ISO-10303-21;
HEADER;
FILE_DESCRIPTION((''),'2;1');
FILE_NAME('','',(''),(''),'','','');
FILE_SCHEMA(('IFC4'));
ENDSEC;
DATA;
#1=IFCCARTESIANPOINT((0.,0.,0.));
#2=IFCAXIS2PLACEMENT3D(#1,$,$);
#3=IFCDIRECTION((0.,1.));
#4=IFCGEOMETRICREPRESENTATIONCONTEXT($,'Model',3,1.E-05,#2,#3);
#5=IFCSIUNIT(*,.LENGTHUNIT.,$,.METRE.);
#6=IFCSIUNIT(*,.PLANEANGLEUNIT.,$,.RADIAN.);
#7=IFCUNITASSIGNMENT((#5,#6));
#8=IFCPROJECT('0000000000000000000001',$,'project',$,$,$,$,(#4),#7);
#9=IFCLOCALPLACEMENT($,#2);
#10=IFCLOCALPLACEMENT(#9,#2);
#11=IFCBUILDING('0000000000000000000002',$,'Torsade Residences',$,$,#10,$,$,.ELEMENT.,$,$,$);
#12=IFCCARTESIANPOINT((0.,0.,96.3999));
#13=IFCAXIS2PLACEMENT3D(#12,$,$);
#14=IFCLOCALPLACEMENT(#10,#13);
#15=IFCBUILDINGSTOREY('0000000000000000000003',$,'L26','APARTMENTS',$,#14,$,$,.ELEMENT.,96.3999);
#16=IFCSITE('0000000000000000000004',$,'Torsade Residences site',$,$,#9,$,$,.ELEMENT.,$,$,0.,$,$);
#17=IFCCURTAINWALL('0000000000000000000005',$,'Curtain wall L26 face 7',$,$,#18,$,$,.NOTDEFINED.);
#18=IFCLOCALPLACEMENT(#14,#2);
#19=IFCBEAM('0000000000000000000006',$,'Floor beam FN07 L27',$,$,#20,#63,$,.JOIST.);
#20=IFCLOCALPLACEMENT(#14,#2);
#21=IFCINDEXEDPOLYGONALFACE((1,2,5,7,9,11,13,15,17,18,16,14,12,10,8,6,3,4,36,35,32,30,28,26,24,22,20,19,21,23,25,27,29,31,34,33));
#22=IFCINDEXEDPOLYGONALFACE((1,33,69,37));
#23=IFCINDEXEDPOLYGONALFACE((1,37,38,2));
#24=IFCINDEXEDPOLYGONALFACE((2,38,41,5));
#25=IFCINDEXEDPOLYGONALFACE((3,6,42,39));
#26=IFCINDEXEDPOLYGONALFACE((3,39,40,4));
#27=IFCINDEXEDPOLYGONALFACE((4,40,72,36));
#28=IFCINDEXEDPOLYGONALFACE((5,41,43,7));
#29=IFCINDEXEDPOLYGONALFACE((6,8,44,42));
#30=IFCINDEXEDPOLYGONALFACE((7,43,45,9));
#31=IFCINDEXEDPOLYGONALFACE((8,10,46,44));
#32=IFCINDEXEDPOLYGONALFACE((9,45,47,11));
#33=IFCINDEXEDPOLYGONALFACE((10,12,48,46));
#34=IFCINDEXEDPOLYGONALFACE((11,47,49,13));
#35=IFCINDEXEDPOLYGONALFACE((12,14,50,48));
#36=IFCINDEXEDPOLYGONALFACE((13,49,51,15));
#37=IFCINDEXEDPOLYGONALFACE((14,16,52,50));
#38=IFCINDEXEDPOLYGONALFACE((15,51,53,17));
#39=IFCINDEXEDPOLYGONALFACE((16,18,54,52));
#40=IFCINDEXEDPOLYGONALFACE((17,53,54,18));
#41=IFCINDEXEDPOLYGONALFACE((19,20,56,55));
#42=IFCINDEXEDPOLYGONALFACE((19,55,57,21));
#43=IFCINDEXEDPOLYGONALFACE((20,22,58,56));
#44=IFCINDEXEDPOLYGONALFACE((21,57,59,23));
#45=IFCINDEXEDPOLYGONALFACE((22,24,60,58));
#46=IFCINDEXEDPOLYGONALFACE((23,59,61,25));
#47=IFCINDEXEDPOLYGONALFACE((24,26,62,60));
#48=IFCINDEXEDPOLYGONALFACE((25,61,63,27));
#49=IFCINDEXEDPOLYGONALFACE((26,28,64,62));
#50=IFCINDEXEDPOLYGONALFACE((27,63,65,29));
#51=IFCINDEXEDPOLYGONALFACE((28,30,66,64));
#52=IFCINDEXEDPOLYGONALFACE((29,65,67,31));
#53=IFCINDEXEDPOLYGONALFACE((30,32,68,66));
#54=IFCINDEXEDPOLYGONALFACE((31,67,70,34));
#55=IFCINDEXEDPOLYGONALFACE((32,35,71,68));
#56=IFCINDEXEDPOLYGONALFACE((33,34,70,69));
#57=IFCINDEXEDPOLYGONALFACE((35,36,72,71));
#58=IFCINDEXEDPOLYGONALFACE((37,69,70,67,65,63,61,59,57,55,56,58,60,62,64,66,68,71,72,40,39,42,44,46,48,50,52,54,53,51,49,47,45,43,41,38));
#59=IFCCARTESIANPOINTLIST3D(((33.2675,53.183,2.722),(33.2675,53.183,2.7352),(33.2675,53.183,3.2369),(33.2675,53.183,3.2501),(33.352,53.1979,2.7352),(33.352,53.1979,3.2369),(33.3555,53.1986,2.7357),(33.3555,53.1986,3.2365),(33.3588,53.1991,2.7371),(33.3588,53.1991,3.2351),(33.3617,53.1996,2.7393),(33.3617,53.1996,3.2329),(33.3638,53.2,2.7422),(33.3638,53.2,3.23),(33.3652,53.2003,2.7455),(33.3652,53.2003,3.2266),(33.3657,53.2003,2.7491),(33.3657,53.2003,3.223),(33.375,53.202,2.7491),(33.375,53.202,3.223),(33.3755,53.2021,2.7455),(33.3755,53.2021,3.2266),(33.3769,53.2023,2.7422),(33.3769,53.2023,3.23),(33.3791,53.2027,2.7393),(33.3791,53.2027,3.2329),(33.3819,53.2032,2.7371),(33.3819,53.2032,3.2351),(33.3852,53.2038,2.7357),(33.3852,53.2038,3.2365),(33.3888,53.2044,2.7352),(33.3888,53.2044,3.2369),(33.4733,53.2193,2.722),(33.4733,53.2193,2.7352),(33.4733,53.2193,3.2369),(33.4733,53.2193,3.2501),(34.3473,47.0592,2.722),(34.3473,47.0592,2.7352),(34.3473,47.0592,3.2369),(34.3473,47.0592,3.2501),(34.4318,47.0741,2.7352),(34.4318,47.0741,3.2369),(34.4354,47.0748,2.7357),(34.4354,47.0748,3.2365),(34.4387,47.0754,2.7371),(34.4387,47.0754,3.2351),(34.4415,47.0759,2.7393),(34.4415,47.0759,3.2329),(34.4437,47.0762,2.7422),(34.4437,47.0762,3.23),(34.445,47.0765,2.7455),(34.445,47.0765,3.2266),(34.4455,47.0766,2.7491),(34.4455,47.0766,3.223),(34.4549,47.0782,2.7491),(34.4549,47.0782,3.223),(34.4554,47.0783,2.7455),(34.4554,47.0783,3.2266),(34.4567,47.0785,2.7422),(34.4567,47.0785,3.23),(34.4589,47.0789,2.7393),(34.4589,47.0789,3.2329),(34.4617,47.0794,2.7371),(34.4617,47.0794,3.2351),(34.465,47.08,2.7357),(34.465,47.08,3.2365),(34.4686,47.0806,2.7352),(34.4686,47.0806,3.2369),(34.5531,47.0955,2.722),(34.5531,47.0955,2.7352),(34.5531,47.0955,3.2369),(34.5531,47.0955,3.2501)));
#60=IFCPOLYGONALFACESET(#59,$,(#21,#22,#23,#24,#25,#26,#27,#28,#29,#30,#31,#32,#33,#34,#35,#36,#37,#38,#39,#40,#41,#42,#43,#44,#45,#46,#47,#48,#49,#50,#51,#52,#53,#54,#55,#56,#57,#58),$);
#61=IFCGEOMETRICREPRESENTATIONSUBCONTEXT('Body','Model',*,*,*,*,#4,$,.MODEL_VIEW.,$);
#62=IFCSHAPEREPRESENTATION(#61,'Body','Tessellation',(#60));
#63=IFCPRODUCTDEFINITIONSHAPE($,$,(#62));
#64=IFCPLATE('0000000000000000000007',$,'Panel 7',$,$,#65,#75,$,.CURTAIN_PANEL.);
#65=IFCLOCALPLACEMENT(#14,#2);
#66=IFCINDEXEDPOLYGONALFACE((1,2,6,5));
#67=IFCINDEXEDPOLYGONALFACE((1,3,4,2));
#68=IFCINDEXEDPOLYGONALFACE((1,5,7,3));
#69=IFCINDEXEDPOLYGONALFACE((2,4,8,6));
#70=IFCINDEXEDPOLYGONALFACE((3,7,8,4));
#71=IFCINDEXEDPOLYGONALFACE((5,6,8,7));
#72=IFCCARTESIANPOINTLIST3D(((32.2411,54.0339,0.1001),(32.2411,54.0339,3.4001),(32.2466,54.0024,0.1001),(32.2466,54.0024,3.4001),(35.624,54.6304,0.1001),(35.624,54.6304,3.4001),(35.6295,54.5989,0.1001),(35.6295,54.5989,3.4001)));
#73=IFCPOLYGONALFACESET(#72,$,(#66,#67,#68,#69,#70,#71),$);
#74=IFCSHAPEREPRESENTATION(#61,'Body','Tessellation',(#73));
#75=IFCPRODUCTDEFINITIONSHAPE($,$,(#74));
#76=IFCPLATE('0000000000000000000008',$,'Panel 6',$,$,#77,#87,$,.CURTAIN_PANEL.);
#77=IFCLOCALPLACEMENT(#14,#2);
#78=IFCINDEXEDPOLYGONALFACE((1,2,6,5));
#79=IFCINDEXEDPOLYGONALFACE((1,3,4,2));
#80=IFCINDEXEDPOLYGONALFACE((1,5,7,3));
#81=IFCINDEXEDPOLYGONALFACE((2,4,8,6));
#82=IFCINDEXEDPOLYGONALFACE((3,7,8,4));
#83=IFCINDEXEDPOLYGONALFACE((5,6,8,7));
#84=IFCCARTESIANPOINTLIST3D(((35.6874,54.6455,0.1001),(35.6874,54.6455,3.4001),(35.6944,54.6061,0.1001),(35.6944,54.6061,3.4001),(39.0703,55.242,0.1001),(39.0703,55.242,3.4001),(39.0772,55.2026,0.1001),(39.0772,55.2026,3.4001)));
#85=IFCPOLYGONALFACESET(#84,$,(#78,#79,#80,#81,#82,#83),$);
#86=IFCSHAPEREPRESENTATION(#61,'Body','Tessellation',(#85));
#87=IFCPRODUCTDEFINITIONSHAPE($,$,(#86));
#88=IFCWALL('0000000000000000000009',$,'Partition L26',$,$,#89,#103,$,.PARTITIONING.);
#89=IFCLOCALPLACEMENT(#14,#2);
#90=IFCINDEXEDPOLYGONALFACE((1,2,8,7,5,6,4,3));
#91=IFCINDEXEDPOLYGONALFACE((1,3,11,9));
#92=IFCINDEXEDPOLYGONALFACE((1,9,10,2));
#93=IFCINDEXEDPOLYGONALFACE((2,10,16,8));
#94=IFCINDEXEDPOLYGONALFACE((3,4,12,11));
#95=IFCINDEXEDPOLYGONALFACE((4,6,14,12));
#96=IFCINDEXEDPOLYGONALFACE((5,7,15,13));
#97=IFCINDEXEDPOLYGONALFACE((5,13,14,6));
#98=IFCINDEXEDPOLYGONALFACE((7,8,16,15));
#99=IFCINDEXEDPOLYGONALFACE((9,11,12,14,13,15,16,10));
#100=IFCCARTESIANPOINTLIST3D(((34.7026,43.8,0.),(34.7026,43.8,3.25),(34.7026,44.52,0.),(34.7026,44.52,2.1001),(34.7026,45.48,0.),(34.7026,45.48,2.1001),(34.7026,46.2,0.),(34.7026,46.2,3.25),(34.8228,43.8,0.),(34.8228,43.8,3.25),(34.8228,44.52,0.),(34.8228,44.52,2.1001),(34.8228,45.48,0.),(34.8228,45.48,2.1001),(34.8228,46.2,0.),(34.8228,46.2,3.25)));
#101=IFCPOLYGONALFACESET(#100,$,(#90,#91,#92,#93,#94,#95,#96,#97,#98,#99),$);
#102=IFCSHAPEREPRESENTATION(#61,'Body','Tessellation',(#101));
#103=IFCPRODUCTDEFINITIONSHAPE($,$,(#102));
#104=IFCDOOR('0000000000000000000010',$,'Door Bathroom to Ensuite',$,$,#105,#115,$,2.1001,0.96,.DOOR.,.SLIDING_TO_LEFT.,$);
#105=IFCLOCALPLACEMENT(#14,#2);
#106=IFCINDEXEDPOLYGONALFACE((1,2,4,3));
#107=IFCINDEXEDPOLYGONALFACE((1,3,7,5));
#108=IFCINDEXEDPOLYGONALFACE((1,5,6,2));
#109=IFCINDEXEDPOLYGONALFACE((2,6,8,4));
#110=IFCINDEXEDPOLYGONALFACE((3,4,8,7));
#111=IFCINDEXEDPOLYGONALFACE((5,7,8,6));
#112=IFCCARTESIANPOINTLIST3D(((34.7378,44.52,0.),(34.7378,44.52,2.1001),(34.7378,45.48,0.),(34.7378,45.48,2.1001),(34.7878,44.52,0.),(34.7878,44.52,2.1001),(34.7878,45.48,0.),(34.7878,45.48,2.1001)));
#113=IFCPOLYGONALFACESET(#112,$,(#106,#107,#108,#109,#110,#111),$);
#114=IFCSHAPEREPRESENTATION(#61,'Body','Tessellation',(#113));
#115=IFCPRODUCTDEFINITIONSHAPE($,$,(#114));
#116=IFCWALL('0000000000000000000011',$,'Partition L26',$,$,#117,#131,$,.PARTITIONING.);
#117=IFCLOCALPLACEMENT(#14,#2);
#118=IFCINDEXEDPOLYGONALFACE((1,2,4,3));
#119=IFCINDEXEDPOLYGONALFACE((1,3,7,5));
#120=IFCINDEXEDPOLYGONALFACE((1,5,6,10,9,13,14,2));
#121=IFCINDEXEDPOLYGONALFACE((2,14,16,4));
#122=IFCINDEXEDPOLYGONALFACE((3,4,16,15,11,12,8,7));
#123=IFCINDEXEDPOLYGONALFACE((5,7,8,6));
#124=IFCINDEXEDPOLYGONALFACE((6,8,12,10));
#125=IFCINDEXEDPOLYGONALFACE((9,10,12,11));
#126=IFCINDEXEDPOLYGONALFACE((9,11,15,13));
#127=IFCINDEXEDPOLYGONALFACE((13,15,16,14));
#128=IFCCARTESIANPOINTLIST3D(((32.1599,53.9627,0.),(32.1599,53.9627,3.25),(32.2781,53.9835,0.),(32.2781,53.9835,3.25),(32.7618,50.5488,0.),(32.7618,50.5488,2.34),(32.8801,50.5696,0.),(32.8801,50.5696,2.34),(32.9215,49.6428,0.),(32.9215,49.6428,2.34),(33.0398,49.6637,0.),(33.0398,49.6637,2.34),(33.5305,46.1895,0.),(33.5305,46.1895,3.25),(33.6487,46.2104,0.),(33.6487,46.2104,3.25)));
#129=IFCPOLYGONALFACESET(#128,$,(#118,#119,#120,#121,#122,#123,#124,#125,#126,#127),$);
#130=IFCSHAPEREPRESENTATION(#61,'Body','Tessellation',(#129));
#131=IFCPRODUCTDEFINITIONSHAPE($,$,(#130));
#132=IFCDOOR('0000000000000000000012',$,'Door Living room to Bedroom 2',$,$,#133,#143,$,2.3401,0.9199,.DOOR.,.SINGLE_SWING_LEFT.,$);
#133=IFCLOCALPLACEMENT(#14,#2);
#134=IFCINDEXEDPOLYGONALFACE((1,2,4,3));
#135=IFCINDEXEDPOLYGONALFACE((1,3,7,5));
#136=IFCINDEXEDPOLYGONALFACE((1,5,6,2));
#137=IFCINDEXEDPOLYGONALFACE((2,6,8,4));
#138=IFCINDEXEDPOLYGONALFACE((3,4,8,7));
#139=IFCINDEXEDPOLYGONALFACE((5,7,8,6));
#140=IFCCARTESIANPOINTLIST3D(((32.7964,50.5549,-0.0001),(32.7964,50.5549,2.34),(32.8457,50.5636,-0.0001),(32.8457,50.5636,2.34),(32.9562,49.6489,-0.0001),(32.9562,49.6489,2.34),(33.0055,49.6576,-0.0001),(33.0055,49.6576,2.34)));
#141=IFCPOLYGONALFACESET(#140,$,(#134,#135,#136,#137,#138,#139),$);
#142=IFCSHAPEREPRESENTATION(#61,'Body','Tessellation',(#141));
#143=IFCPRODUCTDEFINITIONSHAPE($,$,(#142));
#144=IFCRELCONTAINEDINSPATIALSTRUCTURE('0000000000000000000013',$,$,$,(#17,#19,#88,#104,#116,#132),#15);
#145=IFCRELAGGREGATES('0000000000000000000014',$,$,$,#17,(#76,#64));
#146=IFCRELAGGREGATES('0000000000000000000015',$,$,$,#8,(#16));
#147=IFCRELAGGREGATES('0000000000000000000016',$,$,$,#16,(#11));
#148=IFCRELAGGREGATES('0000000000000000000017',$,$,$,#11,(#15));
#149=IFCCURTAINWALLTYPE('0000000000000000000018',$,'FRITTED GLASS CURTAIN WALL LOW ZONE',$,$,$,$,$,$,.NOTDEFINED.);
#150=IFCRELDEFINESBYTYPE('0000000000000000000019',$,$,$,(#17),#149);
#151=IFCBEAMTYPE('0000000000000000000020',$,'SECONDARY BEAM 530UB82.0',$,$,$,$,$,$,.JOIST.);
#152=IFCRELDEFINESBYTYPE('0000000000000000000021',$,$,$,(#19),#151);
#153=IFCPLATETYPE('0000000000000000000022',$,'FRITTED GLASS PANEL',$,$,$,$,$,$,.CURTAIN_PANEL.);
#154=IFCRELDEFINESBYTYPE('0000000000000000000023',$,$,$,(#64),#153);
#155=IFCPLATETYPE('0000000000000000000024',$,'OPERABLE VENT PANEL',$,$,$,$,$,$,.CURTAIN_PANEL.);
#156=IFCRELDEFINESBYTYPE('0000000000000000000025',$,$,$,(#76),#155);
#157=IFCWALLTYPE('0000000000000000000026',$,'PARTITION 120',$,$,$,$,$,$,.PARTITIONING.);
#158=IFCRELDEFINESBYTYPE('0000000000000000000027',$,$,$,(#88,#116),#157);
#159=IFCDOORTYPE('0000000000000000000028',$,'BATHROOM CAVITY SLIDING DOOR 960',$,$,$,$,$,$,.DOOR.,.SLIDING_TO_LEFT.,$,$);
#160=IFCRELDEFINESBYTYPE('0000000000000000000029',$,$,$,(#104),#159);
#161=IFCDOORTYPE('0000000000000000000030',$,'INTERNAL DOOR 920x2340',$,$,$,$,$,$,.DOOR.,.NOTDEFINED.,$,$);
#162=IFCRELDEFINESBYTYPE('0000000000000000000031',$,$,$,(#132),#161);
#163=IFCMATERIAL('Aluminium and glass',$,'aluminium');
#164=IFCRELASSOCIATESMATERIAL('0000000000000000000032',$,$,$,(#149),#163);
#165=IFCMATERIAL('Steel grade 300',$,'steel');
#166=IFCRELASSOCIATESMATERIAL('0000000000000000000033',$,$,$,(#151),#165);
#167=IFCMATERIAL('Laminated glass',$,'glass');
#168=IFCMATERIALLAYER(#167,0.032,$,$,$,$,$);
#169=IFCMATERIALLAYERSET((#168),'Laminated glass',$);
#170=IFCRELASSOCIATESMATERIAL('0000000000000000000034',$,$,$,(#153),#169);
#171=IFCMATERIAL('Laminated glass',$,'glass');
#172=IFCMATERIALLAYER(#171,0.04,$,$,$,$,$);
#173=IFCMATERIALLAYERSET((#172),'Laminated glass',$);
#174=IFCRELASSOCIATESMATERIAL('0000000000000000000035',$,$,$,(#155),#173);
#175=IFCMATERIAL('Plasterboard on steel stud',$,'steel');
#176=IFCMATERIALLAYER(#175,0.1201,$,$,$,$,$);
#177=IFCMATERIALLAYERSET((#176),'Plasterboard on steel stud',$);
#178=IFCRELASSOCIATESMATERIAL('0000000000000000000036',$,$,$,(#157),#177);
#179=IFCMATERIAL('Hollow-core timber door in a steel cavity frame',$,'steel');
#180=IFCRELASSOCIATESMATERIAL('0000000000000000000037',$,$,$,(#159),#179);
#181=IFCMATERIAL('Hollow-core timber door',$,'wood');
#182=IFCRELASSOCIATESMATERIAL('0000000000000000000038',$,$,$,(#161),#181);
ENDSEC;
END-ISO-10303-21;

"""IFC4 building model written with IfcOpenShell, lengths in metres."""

from ifc_helpers import new_model, si_unit, direction, frame, frame_2d, origin, origin_2d, place, context, subcontext, project, spatial, rectangle, i_section, extrude, material, layer, layer_set, material_profile, profile_set, type_object, element, fill, aggregate, save


model = new_model("IFC4")

# Units and contexts
model_context = context("Model", 3, precision=1e-05, world=origin(), true_north=direction((0.0, 1.0)))
body_context = subcontext(model_context, "Body", "Model", "MODEL_VIEW")
ifc_project = project(units=[si_unit("LENGTHUNIT", "METRE"), si_unit("PLANEANGLEUNIT", "RADIAN")], contexts=[model_context])

# Site, building, storey
site_placement = place(None, origin())
site = spatial("IfcSite", under=ifc_project, at=site_placement, Name="Torsade Residences site", CompositionType="ELEMENT", RefElevation=0.0)
building_placement = place(site_placement, origin())
building = spatial("IfcBuilding", under=site, at=building_placement, Name="Torsade Residences", CompositionType="ELEMENT")
storey_placement = place(building_placement, frame((0.0, 0.0, 96.3999)))
storey = spatial("IfcBuildingStorey", under=building, at=storey_placement, Name="L26", Description="APARTMENTS", CompositionType="ELEMENT", Elevation=96.3999)

# Curtain wall
ifc_material_1 = material(Name="Aluminium and glass", Category="aluminium")
curtain_wall_type = type_object("IfcCurtainWallType", Name="FRITTED GLASS CURTAIN WALL LOW ZONE", PredefinedType="NOTDEFINED", material=ifc_material_1)
curtain_wall_placement = place(storey_placement, origin())
curtain_wall = element("IfcCurtainWall", 1, at=curtain_wall_placement, inside=storey, type_object=curtain_wall_type, Name="Curtain wall L26 face 7", PredefinedType="NOTDEFINED")

# Beam
ifc_material_2 = material(Name="Steel grade 300", Category="steel")
ifc_material_profile_1 = material_profile(ifc_material_2, i_section(OverallWidth=0.209, OverallDepth=0.5281, WebThickness=0.0095, FlangeThickness=0.0132, FilletRadius=0.0139, at=origin_2d()), Name="530UB82.0")
ifc_profile_set_1 = profile_set([ifc_material_profile_1], Name="Steel grade 300")
beam_type_1 = type_object("IfcBeamType", Name="SECONDARY BEAM 530UB82.0", PredefinedType="JOIST", material=ifc_profile_set_1)
beam_1_placement = place(storey_placement, frame((33.3704, 53.2012, 2.9861), z_axis=(0.173655, -0.984806, 0.0), x_axis=(0.984806, 0.173655, 0.0)))
element("IfcBeam", 2, at=beam_1_placement, inside=storey, type_object=beam_type_1, Name="Floor beam FN07 L27", PredefinedType="JOIST", context=body_context, shape_type="SweptSolid", body=[
    extrude(i_section(OverallWidth=0.209, OverallDepth=0.5281, WebThickness=0.0095, FlangeThickness=0.0132, FilletRadius=0.0139, at=origin_2d()), origin(), (0.0, 0.0, 1.0), 6.2183),
])

# Plates
ifc_material_3 = material(Name="Laminated glass", Category="glass")
ifc_layer_1 = layer(ifc_material_3, 0.032)
ifc_layer_set_1 = layer_set([ifc_layer_1], Name="Laminated glass")
plate_type_1 = type_object("IfcPlateType", Name="FRITTED GLASS PANEL", PredefinedType="CURTAIN_PANEL", material=ifc_layer_set_1)
plate_1_placement = place(storey_placement, frame((33.9353, 54.3164, 0.1001), z_axis=(0.0, 0.0, 1.0), x_axis=(-0.984808, -0.173648, 0.0)))
plate_1 = element("IfcPlate", 3, at=plate_1_placement, type_object=plate_type_1, Name="Panel 7", PredefinedType="CURTAIN_PANEL", context=body_context, shape_type="SweptSolid", body=[
    extrude(rectangle(XDim=3.4351, YDim=0.032, at=origin_2d()), origin(), (0.0, 0.0, 1.0), 3.3),
])
ifc_material_4 = material(Name="Laminated glass", Category="glass")
ifc_layer_2 = layer(ifc_material_4, 0.04)
ifc_layer_set_2 = layer_set([ifc_layer_2], Name="Laminated glass")
plate_type_2 = type_object("IfcPlateType", Name="OPERABLE VENT PANEL", PredefinedType="CURTAIN_PANEL", material=ifc_layer_set_2)
plate_2_placement = place(storey_placement, frame((37.3823, 54.9241, 0.1001), z_axis=(0.0, 0.0, 1.0), x_axis=(-0.984808, -0.173648, 0.0)))
plate_2 = element("IfcPlate", 4, at=plate_2_placement, type_object=plate_type_2, Name="Panel 6", PredefinedType="CURTAIN_PANEL", context=body_context, shape_type="SweptSolid", body=[
    extrude(rectangle(XDim=3.4351, YDim=0.04, at=origin_2d()), origin(), (0.0, 0.0, 1.0), 3.3),
])
aggregate(curtain_wall, [plate_2, plate_1])

# Walls, openings, doors
ifc_material_5 = material(Name="Plasterboard on steel stud", Category="steel")
ifc_layer_3 = layer(ifc_material_5, 0.1201)
ifc_layer_set_3 = layer_set([ifc_layer_3], Name="Plasterboard on steel stud")
wall_type = type_object("IfcWallType", Name="PARTITION 120", PredefinedType="PARTITIONING", material=ifc_layer_set_3)
wall_1_placement = place(storey_placement, frame((34.7627, 43.8, 0.0), z_axis=(0.0, 0.0, 1.0), x_axis=(0.0, 1.0, 0.0)))
wall_1 = element("IfcWall", 5, at=wall_1_placement, inside=storey, type_object=wall_type, Name="Partition L26", PredefinedType="PARTITIONING", context=body_context, shape_type="SweptSolid", body=[
    extrude(rectangle(XDim=2.3999, YDim=0.1201, at=frame_2d((1.2, 0.0))), origin(), (0.0, 0.0, 1.0), 3.25),
])
opening_1_placement = place(wall_1_placement, frame((0.72, 0.0, 0.0)))
opening_1 = element("IfcOpeningElement", 6, at=opening_1_placement, cuts=wall_1, PredefinedType="OPENING", context=body_context, shape_type="SweptSolid", body=[
    extrude(rectangle(XDim=0.96, YDim=2.1001, at=frame_2d((0.48, 1.05))), frame((0.0, 0.0701, 0.0), z_axis=(0.0, -1.0, 0.0), x_axis=(1.0, 0.0, 0.0)), (0.0, 0.0, 1.0), 0.1401),
])
ifc_material_6 = material(Name="Hollow-core timber door in a steel cavity frame", Category="steel")
door_type_1 = type_object("IfcDoorType", Name="BATHROOM CAVITY SLIDING DOOR 960", OperationType="SLIDING_TO_LEFT", PredefinedType="DOOR", material=ifc_material_6)
door_1_placement = place(opening_1_placement, origin())
door_1 = element("IfcDoor", 7, at=door_1_placement, inside=storey, type_object=door_type_1, Name="Door Bathroom to Ensuite", OperationType="SLIDING_TO_LEFT", OverallHeight=2.1001, OverallWidth=0.96, PredefinedType="DOOR", context=body_context, shape_type="SweptSolid", body=[
    extrude(rectangle(XDim=0.96, YDim=2.1001, at=frame_2d((0.48, 1.05))), frame((0.0, 0.0249, 0.0), z_axis=(0.0, -1.0, 0.0), x_axis=(1.0, 0.0, 0.0)), (0.0, 0.0, 1.0), 0.05),
])
fill(opening_1, door_1)
wall_2_placement = place(storey_placement, frame((33.5896, 46.2, 0.0), z_axis=(0.0, 0.0, 1.0), x_axis=(-0.173646, 0.984808, 0.0)))
wall_2 = element("IfcWall", 8, at=wall_2_placement, inside=storey, type_object=wall_type, Name="Partition L26", PredefinedType="PARTITIONING", context=body_context, shape_type="SweptSolid", body=[
    extrude(rectangle(XDim=7.8931, YDim=0.1201, at=frame_2d((3.9465, 0.0))), origin(), (0.0, 0.0, 1.0), 3.25),
])
opening_2_placement = place(wall_2_placement, frame((3.5066, 0.0, 0.0)))
opening_2 = element("IfcOpeningElement", 9, at=opening_2_placement, cuts=wall_2, PredefinedType="OPENING", context=body_context, shape_type="SweptSolid", body=[
    extrude(rectangle(XDim=0.9199, YDim=2.3401, at=frame_2d((0.46, 1.1699))), frame((0.0, 0.0701, 0.0), z_axis=(0.0, -1.0, 0.0), x_axis=(1.0, 0.0, 0.0)), (0.0, 0.0, 1.0), 0.1401),
])
ifc_material_7 = material(Name="Hollow-core timber door", Category="wood")
door_type_2 = type_object("IfcDoorType", Name="INTERNAL DOOR 920x2340", OperationType="NOTDEFINED", PredefinedType="DOOR", material=ifc_material_7)
door_2_placement = place(opening_2_placement, origin())
door_2 = element("IfcDoor", 10, at=door_2_placement, inside=storey, type_object=door_type_2, Name="Door Living room to Bedroom 2", OperationType="SINGLE_SWING_LEFT", OverallHeight=2.3401, OverallWidth=0.9199, PredefinedType="DOOR", context=body_context, shape_type="SweptSolid", body=[
    extrude(rectangle(XDim=0.9199, YDim=2.3401, at=frame_2d((0.46, 1.1699))), frame((0.0, 0.0249, 0.0), z_axis=(0.0, -1.0, 0.0), x_axis=(1.0, 0.0, 0.0)), (0.0, 0.0, 1.0), 0.05),
])
fill(opening_2, door_2)

save(model, "model.ifc")
